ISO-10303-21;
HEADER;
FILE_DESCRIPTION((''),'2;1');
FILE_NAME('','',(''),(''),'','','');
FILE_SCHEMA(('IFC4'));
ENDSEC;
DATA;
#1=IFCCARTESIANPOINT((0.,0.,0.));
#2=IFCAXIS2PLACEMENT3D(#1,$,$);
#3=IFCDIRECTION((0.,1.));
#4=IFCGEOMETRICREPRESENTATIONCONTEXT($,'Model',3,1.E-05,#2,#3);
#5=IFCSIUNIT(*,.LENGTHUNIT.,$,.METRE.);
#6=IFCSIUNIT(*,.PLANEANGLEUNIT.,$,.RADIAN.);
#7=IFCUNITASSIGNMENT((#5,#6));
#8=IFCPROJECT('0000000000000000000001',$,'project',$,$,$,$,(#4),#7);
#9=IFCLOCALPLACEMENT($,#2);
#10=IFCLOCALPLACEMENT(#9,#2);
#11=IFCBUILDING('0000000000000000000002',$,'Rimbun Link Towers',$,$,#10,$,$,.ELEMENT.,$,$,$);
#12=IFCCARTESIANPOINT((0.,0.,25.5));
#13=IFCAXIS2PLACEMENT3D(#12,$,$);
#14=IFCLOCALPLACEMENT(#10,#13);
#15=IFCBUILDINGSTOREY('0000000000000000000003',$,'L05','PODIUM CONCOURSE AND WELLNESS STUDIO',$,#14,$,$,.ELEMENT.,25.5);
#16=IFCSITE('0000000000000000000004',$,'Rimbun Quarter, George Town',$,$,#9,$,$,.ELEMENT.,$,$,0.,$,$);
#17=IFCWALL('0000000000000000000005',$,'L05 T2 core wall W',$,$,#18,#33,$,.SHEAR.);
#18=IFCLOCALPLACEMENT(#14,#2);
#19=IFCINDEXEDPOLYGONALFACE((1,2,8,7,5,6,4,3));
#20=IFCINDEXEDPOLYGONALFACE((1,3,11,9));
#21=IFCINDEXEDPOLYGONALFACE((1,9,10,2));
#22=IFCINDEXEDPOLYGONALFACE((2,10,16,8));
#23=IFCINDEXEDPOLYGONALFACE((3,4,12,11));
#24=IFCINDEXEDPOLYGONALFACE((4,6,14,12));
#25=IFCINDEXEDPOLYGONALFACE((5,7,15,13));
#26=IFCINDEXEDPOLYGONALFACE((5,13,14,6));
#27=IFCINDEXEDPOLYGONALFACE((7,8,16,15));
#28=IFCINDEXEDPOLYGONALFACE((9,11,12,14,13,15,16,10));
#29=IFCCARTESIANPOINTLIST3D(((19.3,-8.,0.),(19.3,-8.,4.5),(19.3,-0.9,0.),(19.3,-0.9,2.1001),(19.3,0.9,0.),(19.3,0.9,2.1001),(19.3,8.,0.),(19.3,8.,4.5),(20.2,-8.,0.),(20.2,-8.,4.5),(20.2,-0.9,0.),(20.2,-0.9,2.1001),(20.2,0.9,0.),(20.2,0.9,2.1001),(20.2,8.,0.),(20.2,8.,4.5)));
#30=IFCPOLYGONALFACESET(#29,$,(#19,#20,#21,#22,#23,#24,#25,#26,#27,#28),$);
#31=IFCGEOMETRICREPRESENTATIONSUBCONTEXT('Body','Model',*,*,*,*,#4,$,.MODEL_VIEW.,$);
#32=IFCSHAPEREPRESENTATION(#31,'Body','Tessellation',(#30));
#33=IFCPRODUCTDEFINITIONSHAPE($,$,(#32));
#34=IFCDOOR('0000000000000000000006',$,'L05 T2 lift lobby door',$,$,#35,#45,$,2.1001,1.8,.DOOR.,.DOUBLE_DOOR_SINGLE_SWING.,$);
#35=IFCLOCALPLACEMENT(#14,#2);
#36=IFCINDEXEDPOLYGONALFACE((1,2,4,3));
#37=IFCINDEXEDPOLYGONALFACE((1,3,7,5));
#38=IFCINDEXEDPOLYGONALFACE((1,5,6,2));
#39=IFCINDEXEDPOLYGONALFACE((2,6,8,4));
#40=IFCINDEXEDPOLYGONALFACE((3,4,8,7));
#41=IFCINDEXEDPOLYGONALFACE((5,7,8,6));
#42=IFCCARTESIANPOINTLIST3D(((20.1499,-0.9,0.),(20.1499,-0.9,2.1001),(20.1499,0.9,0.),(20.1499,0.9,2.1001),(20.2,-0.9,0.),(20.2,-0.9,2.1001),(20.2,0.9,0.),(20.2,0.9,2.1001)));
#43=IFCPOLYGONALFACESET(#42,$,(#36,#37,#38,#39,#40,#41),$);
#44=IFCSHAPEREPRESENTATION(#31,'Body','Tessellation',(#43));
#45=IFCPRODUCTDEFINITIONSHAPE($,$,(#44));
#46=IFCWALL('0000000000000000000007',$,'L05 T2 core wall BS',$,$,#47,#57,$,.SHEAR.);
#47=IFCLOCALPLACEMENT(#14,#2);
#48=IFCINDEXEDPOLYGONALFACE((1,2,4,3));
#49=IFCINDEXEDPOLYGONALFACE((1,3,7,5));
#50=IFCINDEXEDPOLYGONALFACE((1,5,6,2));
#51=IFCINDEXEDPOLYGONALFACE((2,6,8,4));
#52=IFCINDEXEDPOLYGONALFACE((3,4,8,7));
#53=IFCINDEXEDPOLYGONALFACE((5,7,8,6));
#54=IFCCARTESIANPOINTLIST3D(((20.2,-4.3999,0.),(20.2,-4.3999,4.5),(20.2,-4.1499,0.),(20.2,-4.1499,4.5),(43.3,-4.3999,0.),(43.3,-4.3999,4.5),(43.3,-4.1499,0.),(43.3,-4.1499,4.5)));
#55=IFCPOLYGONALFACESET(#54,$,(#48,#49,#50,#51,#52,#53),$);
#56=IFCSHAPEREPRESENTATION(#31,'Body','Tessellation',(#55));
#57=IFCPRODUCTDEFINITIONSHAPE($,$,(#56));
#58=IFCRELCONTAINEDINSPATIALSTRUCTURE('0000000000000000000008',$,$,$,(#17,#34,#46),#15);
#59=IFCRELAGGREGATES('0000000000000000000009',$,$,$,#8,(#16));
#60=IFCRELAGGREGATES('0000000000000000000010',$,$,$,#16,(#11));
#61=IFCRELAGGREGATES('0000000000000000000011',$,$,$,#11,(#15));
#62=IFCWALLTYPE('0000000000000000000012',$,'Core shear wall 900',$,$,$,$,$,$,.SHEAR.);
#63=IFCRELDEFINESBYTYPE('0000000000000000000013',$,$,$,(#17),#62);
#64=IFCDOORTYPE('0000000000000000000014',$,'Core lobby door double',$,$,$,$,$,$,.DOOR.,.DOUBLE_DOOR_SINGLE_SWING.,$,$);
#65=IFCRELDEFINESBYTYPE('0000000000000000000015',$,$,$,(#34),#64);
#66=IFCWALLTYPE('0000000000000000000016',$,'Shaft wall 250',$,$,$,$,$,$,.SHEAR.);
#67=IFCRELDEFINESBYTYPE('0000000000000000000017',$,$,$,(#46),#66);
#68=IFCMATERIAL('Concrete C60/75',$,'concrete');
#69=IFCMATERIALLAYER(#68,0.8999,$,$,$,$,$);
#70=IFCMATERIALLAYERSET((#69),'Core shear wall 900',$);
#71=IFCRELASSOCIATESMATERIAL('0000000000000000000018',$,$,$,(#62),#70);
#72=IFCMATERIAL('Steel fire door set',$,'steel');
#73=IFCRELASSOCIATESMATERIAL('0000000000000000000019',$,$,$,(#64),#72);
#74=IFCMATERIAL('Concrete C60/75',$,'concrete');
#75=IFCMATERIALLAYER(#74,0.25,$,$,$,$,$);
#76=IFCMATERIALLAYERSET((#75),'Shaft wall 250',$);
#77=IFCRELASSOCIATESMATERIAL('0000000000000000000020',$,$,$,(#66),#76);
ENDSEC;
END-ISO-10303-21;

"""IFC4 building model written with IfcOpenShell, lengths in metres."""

from ifc_helpers import new_model, si_unit, direction, frame, frame_2d, origin, place, context, subcontext, project, spatial, rectangle, extrude, material, layer, layer_set, type_object, element, fill, save


model = new_model("IFC4")

# Units and contexts
model_context = context("Model", 3, precision=1e-05, world=origin(), true_north=direction((0.0, 1.0)))
body_context = subcontext(model_context, "Body", "Model", "MODEL_VIEW")
ifc_project = project(units=[si_unit("LENGTHUNIT", "METRE"), si_unit("PLANEANGLEUNIT", "RADIAN")], contexts=[model_context])

# Site, building, storey
site_placement = place(None, origin())
site = spatial("IfcSite", under=ifc_project, at=site_placement, Name="Rimbun Quarter, George Town", CompositionType="ELEMENT", RefElevation=0.0)
building_placement = place(site_placement, origin())
building = spatial("IfcBuilding", under=site, at=building_placement, Name="Rimbun Link Towers", CompositionType="ELEMENT")
storey_placement = place(building_placement, frame((0.0, 0.0, 25.5)))
storey = spatial("IfcBuildingStorey", under=building, at=storey_placement, Name="L05", Description="PODIUM CONCOURSE AND WELLNESS STUDIO", CompositionType="ELEMENT", Elevation=25.5)

# Wall, opening, door
ifc_material_1 = material(Name="Concrete C60/75", Category="concrete")
ifc_layer_1 = layer(ifc_material_1, 0.8999)
ifc_layer_set_1 = layer_set([ifc_layer_1], Name="Core shear wall 900")
wall_type_1 = type_object("IfcWallType", Name="Core shear wall 900", PredefinedType="SHEAR", material=ifc_layer_set_1)
wall_1_placement = place(storey_placement, frame((19.75, -8.0, 0.0), z_axis=(0.0, 0.0, 1.0), x_axis=(0.0, 1.0, 0.0)))
wall_1 = element("IfcWall", 1, at=wall_1_placement, inside=storey, type_object=wall_type_1, Name="L05 T2 core wall W", PredefinedType="SHEAR", context=body_context, shape_type="SweptSolid", body=[
    extrude(rectangle(XDim=16.0, YDim=0.8999, at=frame_2d((8.0, 0.0))), origin(), (0.0, 0.0, 1.0), 4.5),
])
opening_1_placement = place(wall_1_placement, frame((7.1001, 0.0, 0.0)))
opening_1 = element("IfcOpeningElement", 2, at=opening_1_placement, cuts=wall_1, PredefinedType="OPENING", context=body_context, shape_type="SweptSolid", body=[
    extrude(rectangle(XDim=1.8, YDim=2.1001, at=frame_2d((0.8999, 1.05))), frame((0.0, 0.46, 0.0), z_axis=(0.0, -1.0, 0.0), x_axis=(1.0, 0.0, 0.0)), (0.0, 0.0, 1.0), 0.9199),
])
ifc_material_2 = material(Name="Steel fire door set", Category="steel")
door_type_1 = type_object("IfcDoorType", Name="Core lobby door double", OperationType="DOUBLE_DOOR_SINGLE_SWING", PredefinedType="DOOR", material=ifc_material_2)
door_1_placement = place(opening_1_placement, origin())
door_1 = element("IfcDoor", 3, at=door_1_placement, inside=storey, type_object=door_type_1, Name="L05 T2 lift lobby door", OperationType="DOUBLE_DOOR_SINGLE_SWING", OverallHeight=2.1001, OverallWidth=1.8, PredefinedType="DOOR", context=body_context, shape_type="SweptSolid", body=[
    extrude(rectangle(XDim=1.8, YDim=2.1001, at=frame_2d((0.8999, 1.05))), frame((0.0, -0.3999, 0.0), z_axis=(0.0, -1.0, 0.0), x_axis=(1.0, 0.0, 0.0)), (0.0, 0.0, 1.0), 0.05),
])
fill(opening_1, door_1)

# Wall
ifc_material_3 = material(Name="Concrete C60/75", Category="concrete")
ifc_layer_2 = layer(ifc_material_3, 0.25)
ifc_layer_set_2 = layer_set([ifc_layer_2], Name="Shaft wall 250")
wall_type_2 = type_object("IfcWallType", Name="Shaft wall 250", PredefinedType="SHEAR", material=ifc_layer_set_2)
wall_2_placement = place(storey_placement, frame((20.2, -4.2749, 0.0), z_axis=(0.0, 0.0, 1.0), x_axis=(1.0, 0.0, 0.0)))
element("IfcWall", 4, at=wall_2_placement, inside=storey, type_object=wall_type_2, Name="L05 T2 core wall BS", PredefinedType="SHEAR", context=body_context, shape_type="SweptSolid", body=[
    extrude(rectangle(XDim=23.1001, YDim=0.25, at=frame_2d((11.55, 0.0))), origin(), (0.0, 0.0, 1.0), 4.5),
])

save(model, "model.ifc")
